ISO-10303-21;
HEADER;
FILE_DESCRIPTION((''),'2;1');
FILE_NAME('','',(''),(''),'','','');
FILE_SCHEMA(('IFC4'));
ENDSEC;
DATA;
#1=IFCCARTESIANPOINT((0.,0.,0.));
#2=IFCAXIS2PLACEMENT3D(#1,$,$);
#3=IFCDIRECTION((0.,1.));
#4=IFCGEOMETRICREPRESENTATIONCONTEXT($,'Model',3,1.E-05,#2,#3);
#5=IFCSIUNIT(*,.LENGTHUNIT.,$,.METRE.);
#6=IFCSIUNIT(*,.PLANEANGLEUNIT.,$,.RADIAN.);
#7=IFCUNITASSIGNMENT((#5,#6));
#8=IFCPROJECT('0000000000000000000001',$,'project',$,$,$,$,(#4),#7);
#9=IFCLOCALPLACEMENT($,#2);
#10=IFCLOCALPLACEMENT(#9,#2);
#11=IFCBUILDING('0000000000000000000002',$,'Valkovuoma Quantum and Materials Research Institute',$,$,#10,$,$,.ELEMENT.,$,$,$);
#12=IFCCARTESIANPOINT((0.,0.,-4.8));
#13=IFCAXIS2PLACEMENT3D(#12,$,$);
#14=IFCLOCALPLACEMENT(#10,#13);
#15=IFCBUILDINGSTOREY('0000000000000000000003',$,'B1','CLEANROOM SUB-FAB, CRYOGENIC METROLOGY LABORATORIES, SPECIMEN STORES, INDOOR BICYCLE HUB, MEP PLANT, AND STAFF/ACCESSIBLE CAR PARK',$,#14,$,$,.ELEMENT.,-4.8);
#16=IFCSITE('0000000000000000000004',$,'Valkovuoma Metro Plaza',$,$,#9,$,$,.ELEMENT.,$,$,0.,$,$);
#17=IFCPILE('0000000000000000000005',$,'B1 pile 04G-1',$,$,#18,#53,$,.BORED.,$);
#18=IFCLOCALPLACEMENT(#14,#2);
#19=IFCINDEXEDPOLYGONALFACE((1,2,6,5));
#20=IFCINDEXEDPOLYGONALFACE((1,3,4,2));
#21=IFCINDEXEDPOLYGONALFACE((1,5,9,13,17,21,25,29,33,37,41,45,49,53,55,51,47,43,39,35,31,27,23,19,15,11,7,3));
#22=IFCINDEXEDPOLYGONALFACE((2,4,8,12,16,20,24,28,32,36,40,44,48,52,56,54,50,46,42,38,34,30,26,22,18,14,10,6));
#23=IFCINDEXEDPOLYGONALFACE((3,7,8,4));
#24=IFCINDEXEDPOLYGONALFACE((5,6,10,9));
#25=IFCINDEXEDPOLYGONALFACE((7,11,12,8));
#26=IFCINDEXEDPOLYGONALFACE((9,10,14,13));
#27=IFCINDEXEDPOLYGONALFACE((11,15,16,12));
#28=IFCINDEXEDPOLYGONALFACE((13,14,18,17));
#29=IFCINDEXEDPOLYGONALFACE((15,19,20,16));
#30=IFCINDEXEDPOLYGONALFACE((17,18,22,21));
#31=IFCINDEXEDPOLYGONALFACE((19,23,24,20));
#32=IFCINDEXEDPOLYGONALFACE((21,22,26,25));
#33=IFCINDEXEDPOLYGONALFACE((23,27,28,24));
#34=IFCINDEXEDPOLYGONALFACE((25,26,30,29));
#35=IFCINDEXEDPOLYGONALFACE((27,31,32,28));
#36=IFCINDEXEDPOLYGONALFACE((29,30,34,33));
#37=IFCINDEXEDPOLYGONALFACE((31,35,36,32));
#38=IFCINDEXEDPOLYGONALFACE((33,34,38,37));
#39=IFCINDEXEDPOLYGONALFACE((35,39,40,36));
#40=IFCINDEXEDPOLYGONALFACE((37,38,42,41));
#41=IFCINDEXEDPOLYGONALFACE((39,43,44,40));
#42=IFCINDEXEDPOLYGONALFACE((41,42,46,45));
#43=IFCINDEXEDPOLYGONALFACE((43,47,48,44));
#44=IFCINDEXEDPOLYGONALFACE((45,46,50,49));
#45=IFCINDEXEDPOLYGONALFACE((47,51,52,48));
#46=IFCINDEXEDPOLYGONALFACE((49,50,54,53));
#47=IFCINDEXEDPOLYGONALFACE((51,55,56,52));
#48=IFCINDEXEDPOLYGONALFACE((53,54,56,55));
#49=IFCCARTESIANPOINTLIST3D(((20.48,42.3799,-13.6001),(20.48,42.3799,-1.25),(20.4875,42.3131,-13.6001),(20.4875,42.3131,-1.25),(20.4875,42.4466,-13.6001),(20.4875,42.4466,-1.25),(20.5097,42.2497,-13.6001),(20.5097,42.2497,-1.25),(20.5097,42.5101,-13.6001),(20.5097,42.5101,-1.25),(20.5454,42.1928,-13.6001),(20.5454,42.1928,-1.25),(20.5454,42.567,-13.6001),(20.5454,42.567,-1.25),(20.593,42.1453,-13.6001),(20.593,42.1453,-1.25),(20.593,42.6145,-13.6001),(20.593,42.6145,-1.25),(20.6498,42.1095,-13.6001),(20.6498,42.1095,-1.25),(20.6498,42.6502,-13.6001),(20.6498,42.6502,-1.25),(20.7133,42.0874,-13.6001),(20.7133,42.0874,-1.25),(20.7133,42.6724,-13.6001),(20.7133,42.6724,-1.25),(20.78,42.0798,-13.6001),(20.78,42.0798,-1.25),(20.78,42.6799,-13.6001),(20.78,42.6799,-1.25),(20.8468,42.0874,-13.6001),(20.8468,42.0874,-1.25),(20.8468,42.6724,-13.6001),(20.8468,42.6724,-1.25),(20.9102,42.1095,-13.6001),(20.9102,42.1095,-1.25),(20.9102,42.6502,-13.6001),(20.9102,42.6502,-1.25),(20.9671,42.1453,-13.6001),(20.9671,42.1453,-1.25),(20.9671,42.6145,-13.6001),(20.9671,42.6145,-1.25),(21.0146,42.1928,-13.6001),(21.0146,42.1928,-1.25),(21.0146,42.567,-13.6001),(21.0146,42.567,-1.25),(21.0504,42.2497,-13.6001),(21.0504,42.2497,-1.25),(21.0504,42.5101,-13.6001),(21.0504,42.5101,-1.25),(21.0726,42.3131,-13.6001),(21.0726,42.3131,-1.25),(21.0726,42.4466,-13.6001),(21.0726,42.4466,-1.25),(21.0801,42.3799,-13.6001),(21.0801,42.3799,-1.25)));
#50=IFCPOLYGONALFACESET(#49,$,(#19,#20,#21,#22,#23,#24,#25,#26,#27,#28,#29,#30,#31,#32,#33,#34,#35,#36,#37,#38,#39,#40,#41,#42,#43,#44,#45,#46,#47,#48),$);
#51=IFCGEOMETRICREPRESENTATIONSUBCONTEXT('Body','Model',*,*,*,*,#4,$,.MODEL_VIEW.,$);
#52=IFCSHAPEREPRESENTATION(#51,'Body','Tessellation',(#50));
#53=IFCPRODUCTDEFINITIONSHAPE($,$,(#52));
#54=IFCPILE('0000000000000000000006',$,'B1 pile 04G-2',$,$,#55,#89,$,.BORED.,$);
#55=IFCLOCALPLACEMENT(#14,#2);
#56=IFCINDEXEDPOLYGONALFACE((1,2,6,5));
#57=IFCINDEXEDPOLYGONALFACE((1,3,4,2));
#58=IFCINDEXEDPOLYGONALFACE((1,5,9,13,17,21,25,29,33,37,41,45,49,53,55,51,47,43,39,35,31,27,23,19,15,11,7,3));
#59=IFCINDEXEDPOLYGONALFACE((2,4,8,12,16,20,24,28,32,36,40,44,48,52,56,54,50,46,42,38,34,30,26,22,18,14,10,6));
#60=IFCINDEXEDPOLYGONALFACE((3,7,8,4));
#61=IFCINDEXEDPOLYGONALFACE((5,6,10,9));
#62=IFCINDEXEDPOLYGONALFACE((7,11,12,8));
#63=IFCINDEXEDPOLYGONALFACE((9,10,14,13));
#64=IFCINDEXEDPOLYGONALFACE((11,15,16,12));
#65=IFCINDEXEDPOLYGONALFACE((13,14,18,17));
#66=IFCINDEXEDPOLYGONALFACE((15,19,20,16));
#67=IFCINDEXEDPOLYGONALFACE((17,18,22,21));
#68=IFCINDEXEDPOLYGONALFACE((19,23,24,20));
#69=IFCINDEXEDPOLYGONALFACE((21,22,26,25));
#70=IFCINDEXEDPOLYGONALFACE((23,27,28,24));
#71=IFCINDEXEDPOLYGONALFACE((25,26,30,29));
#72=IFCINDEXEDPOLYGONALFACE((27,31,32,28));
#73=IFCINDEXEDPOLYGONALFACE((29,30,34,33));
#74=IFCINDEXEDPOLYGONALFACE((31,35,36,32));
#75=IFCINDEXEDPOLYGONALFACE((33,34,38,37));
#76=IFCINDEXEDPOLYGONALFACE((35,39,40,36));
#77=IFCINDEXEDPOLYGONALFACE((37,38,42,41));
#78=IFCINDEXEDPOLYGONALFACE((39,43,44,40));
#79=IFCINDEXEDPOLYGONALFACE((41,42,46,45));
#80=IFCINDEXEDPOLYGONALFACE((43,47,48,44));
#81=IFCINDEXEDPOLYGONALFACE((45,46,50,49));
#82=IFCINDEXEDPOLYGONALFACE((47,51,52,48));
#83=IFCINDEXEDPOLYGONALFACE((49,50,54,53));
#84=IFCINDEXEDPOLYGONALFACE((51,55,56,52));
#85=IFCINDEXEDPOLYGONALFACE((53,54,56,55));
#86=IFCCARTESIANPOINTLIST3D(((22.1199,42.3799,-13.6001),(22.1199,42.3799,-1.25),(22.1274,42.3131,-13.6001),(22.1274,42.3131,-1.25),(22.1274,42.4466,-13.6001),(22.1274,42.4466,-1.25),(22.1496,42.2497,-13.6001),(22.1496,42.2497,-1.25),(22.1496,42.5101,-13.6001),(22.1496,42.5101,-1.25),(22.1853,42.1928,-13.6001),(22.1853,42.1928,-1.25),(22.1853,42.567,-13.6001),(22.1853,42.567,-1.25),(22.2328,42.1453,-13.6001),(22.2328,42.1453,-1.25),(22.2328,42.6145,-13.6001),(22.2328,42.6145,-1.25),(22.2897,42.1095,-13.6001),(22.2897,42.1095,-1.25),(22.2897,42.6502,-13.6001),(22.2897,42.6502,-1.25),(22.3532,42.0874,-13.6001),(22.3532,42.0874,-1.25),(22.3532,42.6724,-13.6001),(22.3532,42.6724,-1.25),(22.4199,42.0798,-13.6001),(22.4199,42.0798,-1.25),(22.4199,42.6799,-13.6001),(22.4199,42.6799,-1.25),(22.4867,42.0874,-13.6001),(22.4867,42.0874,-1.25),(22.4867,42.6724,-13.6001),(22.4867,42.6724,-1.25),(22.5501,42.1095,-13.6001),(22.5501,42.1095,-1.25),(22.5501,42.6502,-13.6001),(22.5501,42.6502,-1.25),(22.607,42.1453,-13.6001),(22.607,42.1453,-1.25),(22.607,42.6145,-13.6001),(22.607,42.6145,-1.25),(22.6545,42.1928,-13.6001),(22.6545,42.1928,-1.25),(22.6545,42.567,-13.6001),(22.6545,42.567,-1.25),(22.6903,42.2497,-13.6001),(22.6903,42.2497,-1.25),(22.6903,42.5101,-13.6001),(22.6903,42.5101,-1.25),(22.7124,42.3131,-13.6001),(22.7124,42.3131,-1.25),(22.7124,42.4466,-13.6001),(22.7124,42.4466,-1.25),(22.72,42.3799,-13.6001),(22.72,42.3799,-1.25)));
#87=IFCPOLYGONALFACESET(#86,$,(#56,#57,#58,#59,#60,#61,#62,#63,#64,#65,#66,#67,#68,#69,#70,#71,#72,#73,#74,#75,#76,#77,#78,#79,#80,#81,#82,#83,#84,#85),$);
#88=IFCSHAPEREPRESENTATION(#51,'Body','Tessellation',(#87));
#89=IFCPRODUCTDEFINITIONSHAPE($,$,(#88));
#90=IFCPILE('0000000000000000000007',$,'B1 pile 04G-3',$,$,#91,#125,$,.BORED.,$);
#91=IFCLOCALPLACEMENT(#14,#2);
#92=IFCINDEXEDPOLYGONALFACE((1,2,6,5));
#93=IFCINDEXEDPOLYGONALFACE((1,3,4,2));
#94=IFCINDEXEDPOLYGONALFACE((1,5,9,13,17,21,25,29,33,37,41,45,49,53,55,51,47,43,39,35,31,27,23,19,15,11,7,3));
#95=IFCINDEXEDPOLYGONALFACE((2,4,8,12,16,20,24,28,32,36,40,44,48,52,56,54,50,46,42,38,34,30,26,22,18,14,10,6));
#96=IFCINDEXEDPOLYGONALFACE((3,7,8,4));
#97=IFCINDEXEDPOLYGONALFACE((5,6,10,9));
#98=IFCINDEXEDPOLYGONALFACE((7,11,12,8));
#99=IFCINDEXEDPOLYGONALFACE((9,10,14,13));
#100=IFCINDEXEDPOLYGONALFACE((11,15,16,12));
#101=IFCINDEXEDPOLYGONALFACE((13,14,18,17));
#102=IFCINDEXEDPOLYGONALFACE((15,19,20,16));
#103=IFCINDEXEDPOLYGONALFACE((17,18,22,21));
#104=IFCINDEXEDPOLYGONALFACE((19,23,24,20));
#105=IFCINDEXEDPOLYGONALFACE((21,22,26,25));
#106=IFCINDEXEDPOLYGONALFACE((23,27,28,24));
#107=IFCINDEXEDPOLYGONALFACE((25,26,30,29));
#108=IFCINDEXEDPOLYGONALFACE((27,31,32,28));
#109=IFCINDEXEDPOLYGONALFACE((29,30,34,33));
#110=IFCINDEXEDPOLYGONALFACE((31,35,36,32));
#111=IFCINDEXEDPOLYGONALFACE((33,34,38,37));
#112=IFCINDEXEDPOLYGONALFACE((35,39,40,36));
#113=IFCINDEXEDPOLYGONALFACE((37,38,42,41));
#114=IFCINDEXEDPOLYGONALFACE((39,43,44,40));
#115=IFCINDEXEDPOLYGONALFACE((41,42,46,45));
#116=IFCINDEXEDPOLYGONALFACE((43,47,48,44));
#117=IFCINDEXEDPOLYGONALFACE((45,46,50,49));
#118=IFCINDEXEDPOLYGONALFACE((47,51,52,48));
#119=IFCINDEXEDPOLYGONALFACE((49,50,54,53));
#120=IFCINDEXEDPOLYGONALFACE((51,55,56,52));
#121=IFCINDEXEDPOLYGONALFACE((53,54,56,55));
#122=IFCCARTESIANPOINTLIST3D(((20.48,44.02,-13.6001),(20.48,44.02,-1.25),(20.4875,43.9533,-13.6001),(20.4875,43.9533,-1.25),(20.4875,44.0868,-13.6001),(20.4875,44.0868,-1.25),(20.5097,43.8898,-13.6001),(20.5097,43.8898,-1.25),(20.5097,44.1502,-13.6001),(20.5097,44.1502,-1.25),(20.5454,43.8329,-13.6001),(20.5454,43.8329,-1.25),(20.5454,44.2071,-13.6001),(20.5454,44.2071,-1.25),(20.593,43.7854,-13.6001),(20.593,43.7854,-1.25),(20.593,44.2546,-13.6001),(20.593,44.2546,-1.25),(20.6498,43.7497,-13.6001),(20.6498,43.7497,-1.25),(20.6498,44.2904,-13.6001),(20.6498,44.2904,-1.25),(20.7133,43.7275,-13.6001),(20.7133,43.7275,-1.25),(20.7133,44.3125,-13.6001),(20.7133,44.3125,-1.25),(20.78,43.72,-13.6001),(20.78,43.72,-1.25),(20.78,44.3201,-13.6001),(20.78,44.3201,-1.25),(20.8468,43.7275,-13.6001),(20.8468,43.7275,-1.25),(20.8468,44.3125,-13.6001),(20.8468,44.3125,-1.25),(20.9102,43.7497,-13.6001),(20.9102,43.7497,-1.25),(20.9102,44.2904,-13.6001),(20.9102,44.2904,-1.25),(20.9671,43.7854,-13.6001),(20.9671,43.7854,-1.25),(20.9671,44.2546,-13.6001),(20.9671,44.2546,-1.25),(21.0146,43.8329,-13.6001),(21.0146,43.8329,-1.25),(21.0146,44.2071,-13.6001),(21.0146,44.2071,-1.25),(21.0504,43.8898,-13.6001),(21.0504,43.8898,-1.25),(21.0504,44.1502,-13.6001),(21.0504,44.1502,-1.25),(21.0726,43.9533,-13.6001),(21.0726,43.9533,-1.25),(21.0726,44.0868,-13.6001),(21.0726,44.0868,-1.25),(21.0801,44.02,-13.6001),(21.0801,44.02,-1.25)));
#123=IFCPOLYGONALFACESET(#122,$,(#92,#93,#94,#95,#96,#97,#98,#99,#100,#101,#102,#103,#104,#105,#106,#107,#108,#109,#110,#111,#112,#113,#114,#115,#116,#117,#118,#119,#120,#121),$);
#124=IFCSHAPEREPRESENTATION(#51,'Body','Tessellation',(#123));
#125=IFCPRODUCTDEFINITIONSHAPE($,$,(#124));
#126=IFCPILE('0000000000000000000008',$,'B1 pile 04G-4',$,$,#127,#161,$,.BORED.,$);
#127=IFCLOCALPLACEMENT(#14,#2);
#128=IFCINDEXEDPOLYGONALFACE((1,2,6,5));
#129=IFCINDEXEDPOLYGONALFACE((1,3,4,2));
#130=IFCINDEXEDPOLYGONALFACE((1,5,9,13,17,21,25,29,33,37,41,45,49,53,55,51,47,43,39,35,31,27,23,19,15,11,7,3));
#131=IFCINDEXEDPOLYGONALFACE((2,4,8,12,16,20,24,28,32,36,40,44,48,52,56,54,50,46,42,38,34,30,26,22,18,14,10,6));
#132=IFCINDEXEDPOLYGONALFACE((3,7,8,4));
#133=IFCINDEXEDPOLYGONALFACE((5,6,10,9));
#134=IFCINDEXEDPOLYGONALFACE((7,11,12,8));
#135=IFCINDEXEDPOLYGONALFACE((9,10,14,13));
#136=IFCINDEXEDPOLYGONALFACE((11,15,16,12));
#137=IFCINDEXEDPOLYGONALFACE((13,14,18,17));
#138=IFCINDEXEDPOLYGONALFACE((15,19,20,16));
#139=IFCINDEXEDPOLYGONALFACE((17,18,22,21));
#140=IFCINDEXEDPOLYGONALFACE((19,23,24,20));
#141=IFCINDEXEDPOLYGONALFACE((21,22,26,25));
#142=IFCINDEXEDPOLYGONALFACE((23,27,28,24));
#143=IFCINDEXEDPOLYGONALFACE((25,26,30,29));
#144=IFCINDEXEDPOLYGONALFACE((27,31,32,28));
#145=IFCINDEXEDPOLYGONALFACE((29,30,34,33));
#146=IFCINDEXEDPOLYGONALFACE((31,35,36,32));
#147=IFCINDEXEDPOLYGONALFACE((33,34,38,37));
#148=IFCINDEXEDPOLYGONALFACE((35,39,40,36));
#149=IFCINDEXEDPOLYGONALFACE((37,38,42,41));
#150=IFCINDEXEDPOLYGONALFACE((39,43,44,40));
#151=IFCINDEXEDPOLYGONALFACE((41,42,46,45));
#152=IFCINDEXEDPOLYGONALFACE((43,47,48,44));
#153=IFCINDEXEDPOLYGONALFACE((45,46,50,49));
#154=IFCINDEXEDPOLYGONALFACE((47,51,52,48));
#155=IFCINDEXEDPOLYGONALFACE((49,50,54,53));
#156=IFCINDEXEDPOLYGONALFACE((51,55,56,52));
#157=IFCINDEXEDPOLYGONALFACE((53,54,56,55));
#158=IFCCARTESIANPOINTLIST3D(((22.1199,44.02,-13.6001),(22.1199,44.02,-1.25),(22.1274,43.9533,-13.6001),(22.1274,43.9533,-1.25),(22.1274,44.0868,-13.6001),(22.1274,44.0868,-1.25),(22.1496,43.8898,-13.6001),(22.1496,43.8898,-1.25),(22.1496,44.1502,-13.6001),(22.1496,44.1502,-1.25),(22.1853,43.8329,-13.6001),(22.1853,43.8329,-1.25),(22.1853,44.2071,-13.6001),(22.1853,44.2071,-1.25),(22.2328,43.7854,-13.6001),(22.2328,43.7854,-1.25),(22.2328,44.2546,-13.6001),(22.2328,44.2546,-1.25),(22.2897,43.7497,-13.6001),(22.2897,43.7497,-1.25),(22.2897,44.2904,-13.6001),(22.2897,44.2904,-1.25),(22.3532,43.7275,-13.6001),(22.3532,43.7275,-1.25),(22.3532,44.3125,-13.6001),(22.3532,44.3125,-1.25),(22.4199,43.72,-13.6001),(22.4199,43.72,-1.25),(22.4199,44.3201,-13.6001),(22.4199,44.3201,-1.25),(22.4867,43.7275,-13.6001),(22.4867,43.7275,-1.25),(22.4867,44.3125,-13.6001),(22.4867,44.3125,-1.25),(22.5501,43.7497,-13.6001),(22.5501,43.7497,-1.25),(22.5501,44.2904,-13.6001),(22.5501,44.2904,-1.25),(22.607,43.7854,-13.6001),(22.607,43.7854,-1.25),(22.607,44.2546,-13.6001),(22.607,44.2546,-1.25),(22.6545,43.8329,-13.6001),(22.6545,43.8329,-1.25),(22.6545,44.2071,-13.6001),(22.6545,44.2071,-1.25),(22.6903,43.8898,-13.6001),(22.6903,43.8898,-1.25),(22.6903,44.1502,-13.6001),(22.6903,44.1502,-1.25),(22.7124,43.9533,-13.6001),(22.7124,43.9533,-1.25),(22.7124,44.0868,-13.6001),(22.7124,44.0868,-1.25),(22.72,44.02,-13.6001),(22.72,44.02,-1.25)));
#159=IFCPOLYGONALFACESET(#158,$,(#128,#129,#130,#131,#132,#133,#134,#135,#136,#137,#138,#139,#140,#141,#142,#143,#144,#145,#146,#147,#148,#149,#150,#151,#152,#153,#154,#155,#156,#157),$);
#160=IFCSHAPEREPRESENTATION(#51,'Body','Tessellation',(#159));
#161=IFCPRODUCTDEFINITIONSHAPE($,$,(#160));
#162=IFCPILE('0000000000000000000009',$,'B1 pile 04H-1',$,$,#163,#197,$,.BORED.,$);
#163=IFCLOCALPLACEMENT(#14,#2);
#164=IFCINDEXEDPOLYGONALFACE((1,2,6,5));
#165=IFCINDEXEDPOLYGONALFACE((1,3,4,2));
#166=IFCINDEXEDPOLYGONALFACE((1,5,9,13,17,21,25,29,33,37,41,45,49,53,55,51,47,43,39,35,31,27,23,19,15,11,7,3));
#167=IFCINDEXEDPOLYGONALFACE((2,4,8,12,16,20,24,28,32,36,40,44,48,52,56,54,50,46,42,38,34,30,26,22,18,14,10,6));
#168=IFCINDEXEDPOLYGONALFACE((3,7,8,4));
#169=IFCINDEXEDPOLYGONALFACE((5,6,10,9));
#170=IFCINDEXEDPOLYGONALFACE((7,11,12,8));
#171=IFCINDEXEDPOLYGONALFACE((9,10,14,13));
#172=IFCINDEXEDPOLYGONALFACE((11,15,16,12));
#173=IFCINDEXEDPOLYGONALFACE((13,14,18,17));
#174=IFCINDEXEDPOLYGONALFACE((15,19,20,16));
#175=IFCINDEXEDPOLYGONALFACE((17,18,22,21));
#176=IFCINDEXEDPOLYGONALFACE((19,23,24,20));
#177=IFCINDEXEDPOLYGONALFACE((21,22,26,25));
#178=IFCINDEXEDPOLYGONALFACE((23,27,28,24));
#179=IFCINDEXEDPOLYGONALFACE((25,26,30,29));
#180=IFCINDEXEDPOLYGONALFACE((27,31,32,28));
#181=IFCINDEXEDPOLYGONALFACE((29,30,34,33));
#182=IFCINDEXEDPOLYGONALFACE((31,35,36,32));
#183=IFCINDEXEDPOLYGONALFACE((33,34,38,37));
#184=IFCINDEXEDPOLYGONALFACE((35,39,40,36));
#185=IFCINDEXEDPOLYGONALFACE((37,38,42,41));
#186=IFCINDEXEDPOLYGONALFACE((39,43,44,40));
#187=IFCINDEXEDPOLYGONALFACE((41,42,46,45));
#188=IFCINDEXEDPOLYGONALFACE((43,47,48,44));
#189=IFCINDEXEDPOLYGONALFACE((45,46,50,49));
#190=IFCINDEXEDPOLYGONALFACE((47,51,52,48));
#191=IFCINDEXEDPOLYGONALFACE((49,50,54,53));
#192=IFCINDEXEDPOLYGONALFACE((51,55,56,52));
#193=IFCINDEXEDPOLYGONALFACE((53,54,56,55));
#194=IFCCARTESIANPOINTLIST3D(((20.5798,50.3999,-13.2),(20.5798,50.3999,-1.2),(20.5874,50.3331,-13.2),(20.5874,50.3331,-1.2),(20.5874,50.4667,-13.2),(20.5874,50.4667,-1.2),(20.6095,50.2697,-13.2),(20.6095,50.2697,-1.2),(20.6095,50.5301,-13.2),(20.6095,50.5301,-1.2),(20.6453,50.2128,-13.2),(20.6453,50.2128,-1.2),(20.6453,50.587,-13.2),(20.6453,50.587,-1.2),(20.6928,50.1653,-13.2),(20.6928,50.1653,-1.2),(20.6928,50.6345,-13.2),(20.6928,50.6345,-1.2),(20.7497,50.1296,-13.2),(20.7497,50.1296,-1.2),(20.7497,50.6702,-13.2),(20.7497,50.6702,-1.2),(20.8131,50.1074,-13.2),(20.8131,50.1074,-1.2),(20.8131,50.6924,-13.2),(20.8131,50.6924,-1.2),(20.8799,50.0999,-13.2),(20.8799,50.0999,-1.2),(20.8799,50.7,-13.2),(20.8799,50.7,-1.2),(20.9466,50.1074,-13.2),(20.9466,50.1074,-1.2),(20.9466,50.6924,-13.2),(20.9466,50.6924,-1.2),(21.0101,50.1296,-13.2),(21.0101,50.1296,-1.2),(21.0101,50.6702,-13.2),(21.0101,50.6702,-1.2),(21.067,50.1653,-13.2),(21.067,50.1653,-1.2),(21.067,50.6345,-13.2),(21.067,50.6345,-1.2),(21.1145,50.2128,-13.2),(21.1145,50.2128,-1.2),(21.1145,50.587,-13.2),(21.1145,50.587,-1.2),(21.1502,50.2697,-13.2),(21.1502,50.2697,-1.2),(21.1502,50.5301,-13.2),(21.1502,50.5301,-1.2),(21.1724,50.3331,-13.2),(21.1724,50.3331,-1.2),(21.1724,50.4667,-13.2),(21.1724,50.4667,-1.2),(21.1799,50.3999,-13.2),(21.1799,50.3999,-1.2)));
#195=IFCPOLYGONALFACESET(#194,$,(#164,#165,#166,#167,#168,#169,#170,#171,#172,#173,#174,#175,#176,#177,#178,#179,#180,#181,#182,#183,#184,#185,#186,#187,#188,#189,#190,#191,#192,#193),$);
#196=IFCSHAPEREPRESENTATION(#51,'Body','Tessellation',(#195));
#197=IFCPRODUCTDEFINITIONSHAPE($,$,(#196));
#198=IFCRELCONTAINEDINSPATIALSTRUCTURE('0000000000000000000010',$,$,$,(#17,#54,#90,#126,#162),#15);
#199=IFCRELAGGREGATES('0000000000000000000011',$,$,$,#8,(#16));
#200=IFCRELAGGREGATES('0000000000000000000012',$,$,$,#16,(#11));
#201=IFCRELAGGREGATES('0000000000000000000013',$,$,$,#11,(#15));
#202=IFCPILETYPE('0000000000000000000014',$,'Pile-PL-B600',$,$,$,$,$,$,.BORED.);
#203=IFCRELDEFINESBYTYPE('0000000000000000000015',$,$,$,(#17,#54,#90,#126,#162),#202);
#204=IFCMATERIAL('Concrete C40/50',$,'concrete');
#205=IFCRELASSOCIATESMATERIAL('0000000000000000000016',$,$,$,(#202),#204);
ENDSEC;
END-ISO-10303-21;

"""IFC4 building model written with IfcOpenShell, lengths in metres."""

from ifc_helpers import new_model, si_unit, direction, frame, origin, origin_2d, place, context, subcontext, project, spatial, circle, extrude, material, material_profile, profile_set, type_object, element, save


model = new_model("IFC4")

# Units and contexts
model_context = context("Model", 3, precision=1e-05, world=origin(), true_north=direction((0.0, 1.0)))
body_context = subcontext(model_context, "Body", "Model", "MODEL_VIEW")
ifc_project = project(units=[si_unit("LENGTHUNIT", "METRE"), si_unit("PLANEANGLEUNIT", "RADIAN")], contexts=[model_context])

# Site, building, storey
site_placement = place(None, origin())
site = spatial("IfcSite", under=ifc_project, at=site_placement, Name="Valkovuoma Metro Plaza", CompositionType="ELEMENT", RefElevation=0.0)
building_placement = place(site_placement, origin())
building = spatial("IfcBuilding", under=site, at=building_placement, Name="Valkovuoma Quantum and Materials Research Institute", CompositionType="ELEMENT")
storey_placement = place(building_placement, frame((0.0, 0.0, -4.8)))
storey = spatial("IfcBuildingStorey", under=building, at=storey_placement, Name="B1", Description="CLEANROOM SUB-FAB, CRYOGENIC METROLOGY LABORATORIES, SPECIMEN STORES, INDOOR BICYCLE HUB, MEP PLANT, AND STAFF/ACCESSIBLE CAR PARK", CompositionType="ELEMENT", Elevation=-4.8)

# Piles
ifc_material_1 = material(Name="Concrete C40/50", Category="concrete")
ifc_material_profile_1 = material_profile(ifc_material_1, circle(Radius=0.3, at=origin_2d()), Name="Concrete C40/50")
ifc_profile_set_1 = profile_set([ifc_material_profile_1], Name="Concrete C40/50")
pile_type_1 = type_object("IfcPileType", Name="Pile-PL-B600", PredefinedType="BORED", material=ifc_profile_set_1)
for number, where, z_axis, x_axis, name in (
    (1, (20.78, 42.3799, -1.25), (0.0, 0.0, -1.0), (1.0, 0.0, 0.0), "B1 pile 04G-1"),
    (2, (22.4199, 42.3799, -1.25), (0.0, 0.0, -1.0), (1.0, 0.0, 0.0), "B1 pile 04G-2"),
    (3, (20.78, 44.02, -1.25), (0.0, 0.0, -1.0), (1.0, 0.0, 0.0), "B1 pile 04G-3"),
    (4, (22.4199, 44.02, -1.25), (0.0, 0.0, -1.0), (1.0, 0.0, 0.0), "B1 pile 04G-4"),
):
    element("IfcPile", number, at=place(storey_placement, frame(where, z_axis=z_axis, x_axis=x_axis)), inside=storey, type_object=pile_type_1, Name=name, PredefinedType="BORED", context=body_context, shape_type="SweptSolid", body=[
        extrude(circle(Radius=0.3, at=origin_2d()), origin(), (0.0, 0.0, 1.0), 12.3501),
    ])
for number, where, z_axis, x_axis, name in (
    (5, (20.8799, 50.3999, -1.2), (0.0, 0.0, -1.0), (1.0, 0.0, 0.0), "B1 pile 04H-1"),
):
    element("IfcPile", number, at=place(storey_placement, frame(where, z_axis=z_axis, x_axis=x_axis)), inside=storey, type_object=pile_type_1, Name=name, PredefinedType="BORED", context=body_context, shape_type="SweptSolid", body=[
        extrude(circle(Radius=0.3, at=origin_2d()), origin(), (0.0, 0.0, 1.0), 12.0),
    ])

save(model, "model.ifc")
